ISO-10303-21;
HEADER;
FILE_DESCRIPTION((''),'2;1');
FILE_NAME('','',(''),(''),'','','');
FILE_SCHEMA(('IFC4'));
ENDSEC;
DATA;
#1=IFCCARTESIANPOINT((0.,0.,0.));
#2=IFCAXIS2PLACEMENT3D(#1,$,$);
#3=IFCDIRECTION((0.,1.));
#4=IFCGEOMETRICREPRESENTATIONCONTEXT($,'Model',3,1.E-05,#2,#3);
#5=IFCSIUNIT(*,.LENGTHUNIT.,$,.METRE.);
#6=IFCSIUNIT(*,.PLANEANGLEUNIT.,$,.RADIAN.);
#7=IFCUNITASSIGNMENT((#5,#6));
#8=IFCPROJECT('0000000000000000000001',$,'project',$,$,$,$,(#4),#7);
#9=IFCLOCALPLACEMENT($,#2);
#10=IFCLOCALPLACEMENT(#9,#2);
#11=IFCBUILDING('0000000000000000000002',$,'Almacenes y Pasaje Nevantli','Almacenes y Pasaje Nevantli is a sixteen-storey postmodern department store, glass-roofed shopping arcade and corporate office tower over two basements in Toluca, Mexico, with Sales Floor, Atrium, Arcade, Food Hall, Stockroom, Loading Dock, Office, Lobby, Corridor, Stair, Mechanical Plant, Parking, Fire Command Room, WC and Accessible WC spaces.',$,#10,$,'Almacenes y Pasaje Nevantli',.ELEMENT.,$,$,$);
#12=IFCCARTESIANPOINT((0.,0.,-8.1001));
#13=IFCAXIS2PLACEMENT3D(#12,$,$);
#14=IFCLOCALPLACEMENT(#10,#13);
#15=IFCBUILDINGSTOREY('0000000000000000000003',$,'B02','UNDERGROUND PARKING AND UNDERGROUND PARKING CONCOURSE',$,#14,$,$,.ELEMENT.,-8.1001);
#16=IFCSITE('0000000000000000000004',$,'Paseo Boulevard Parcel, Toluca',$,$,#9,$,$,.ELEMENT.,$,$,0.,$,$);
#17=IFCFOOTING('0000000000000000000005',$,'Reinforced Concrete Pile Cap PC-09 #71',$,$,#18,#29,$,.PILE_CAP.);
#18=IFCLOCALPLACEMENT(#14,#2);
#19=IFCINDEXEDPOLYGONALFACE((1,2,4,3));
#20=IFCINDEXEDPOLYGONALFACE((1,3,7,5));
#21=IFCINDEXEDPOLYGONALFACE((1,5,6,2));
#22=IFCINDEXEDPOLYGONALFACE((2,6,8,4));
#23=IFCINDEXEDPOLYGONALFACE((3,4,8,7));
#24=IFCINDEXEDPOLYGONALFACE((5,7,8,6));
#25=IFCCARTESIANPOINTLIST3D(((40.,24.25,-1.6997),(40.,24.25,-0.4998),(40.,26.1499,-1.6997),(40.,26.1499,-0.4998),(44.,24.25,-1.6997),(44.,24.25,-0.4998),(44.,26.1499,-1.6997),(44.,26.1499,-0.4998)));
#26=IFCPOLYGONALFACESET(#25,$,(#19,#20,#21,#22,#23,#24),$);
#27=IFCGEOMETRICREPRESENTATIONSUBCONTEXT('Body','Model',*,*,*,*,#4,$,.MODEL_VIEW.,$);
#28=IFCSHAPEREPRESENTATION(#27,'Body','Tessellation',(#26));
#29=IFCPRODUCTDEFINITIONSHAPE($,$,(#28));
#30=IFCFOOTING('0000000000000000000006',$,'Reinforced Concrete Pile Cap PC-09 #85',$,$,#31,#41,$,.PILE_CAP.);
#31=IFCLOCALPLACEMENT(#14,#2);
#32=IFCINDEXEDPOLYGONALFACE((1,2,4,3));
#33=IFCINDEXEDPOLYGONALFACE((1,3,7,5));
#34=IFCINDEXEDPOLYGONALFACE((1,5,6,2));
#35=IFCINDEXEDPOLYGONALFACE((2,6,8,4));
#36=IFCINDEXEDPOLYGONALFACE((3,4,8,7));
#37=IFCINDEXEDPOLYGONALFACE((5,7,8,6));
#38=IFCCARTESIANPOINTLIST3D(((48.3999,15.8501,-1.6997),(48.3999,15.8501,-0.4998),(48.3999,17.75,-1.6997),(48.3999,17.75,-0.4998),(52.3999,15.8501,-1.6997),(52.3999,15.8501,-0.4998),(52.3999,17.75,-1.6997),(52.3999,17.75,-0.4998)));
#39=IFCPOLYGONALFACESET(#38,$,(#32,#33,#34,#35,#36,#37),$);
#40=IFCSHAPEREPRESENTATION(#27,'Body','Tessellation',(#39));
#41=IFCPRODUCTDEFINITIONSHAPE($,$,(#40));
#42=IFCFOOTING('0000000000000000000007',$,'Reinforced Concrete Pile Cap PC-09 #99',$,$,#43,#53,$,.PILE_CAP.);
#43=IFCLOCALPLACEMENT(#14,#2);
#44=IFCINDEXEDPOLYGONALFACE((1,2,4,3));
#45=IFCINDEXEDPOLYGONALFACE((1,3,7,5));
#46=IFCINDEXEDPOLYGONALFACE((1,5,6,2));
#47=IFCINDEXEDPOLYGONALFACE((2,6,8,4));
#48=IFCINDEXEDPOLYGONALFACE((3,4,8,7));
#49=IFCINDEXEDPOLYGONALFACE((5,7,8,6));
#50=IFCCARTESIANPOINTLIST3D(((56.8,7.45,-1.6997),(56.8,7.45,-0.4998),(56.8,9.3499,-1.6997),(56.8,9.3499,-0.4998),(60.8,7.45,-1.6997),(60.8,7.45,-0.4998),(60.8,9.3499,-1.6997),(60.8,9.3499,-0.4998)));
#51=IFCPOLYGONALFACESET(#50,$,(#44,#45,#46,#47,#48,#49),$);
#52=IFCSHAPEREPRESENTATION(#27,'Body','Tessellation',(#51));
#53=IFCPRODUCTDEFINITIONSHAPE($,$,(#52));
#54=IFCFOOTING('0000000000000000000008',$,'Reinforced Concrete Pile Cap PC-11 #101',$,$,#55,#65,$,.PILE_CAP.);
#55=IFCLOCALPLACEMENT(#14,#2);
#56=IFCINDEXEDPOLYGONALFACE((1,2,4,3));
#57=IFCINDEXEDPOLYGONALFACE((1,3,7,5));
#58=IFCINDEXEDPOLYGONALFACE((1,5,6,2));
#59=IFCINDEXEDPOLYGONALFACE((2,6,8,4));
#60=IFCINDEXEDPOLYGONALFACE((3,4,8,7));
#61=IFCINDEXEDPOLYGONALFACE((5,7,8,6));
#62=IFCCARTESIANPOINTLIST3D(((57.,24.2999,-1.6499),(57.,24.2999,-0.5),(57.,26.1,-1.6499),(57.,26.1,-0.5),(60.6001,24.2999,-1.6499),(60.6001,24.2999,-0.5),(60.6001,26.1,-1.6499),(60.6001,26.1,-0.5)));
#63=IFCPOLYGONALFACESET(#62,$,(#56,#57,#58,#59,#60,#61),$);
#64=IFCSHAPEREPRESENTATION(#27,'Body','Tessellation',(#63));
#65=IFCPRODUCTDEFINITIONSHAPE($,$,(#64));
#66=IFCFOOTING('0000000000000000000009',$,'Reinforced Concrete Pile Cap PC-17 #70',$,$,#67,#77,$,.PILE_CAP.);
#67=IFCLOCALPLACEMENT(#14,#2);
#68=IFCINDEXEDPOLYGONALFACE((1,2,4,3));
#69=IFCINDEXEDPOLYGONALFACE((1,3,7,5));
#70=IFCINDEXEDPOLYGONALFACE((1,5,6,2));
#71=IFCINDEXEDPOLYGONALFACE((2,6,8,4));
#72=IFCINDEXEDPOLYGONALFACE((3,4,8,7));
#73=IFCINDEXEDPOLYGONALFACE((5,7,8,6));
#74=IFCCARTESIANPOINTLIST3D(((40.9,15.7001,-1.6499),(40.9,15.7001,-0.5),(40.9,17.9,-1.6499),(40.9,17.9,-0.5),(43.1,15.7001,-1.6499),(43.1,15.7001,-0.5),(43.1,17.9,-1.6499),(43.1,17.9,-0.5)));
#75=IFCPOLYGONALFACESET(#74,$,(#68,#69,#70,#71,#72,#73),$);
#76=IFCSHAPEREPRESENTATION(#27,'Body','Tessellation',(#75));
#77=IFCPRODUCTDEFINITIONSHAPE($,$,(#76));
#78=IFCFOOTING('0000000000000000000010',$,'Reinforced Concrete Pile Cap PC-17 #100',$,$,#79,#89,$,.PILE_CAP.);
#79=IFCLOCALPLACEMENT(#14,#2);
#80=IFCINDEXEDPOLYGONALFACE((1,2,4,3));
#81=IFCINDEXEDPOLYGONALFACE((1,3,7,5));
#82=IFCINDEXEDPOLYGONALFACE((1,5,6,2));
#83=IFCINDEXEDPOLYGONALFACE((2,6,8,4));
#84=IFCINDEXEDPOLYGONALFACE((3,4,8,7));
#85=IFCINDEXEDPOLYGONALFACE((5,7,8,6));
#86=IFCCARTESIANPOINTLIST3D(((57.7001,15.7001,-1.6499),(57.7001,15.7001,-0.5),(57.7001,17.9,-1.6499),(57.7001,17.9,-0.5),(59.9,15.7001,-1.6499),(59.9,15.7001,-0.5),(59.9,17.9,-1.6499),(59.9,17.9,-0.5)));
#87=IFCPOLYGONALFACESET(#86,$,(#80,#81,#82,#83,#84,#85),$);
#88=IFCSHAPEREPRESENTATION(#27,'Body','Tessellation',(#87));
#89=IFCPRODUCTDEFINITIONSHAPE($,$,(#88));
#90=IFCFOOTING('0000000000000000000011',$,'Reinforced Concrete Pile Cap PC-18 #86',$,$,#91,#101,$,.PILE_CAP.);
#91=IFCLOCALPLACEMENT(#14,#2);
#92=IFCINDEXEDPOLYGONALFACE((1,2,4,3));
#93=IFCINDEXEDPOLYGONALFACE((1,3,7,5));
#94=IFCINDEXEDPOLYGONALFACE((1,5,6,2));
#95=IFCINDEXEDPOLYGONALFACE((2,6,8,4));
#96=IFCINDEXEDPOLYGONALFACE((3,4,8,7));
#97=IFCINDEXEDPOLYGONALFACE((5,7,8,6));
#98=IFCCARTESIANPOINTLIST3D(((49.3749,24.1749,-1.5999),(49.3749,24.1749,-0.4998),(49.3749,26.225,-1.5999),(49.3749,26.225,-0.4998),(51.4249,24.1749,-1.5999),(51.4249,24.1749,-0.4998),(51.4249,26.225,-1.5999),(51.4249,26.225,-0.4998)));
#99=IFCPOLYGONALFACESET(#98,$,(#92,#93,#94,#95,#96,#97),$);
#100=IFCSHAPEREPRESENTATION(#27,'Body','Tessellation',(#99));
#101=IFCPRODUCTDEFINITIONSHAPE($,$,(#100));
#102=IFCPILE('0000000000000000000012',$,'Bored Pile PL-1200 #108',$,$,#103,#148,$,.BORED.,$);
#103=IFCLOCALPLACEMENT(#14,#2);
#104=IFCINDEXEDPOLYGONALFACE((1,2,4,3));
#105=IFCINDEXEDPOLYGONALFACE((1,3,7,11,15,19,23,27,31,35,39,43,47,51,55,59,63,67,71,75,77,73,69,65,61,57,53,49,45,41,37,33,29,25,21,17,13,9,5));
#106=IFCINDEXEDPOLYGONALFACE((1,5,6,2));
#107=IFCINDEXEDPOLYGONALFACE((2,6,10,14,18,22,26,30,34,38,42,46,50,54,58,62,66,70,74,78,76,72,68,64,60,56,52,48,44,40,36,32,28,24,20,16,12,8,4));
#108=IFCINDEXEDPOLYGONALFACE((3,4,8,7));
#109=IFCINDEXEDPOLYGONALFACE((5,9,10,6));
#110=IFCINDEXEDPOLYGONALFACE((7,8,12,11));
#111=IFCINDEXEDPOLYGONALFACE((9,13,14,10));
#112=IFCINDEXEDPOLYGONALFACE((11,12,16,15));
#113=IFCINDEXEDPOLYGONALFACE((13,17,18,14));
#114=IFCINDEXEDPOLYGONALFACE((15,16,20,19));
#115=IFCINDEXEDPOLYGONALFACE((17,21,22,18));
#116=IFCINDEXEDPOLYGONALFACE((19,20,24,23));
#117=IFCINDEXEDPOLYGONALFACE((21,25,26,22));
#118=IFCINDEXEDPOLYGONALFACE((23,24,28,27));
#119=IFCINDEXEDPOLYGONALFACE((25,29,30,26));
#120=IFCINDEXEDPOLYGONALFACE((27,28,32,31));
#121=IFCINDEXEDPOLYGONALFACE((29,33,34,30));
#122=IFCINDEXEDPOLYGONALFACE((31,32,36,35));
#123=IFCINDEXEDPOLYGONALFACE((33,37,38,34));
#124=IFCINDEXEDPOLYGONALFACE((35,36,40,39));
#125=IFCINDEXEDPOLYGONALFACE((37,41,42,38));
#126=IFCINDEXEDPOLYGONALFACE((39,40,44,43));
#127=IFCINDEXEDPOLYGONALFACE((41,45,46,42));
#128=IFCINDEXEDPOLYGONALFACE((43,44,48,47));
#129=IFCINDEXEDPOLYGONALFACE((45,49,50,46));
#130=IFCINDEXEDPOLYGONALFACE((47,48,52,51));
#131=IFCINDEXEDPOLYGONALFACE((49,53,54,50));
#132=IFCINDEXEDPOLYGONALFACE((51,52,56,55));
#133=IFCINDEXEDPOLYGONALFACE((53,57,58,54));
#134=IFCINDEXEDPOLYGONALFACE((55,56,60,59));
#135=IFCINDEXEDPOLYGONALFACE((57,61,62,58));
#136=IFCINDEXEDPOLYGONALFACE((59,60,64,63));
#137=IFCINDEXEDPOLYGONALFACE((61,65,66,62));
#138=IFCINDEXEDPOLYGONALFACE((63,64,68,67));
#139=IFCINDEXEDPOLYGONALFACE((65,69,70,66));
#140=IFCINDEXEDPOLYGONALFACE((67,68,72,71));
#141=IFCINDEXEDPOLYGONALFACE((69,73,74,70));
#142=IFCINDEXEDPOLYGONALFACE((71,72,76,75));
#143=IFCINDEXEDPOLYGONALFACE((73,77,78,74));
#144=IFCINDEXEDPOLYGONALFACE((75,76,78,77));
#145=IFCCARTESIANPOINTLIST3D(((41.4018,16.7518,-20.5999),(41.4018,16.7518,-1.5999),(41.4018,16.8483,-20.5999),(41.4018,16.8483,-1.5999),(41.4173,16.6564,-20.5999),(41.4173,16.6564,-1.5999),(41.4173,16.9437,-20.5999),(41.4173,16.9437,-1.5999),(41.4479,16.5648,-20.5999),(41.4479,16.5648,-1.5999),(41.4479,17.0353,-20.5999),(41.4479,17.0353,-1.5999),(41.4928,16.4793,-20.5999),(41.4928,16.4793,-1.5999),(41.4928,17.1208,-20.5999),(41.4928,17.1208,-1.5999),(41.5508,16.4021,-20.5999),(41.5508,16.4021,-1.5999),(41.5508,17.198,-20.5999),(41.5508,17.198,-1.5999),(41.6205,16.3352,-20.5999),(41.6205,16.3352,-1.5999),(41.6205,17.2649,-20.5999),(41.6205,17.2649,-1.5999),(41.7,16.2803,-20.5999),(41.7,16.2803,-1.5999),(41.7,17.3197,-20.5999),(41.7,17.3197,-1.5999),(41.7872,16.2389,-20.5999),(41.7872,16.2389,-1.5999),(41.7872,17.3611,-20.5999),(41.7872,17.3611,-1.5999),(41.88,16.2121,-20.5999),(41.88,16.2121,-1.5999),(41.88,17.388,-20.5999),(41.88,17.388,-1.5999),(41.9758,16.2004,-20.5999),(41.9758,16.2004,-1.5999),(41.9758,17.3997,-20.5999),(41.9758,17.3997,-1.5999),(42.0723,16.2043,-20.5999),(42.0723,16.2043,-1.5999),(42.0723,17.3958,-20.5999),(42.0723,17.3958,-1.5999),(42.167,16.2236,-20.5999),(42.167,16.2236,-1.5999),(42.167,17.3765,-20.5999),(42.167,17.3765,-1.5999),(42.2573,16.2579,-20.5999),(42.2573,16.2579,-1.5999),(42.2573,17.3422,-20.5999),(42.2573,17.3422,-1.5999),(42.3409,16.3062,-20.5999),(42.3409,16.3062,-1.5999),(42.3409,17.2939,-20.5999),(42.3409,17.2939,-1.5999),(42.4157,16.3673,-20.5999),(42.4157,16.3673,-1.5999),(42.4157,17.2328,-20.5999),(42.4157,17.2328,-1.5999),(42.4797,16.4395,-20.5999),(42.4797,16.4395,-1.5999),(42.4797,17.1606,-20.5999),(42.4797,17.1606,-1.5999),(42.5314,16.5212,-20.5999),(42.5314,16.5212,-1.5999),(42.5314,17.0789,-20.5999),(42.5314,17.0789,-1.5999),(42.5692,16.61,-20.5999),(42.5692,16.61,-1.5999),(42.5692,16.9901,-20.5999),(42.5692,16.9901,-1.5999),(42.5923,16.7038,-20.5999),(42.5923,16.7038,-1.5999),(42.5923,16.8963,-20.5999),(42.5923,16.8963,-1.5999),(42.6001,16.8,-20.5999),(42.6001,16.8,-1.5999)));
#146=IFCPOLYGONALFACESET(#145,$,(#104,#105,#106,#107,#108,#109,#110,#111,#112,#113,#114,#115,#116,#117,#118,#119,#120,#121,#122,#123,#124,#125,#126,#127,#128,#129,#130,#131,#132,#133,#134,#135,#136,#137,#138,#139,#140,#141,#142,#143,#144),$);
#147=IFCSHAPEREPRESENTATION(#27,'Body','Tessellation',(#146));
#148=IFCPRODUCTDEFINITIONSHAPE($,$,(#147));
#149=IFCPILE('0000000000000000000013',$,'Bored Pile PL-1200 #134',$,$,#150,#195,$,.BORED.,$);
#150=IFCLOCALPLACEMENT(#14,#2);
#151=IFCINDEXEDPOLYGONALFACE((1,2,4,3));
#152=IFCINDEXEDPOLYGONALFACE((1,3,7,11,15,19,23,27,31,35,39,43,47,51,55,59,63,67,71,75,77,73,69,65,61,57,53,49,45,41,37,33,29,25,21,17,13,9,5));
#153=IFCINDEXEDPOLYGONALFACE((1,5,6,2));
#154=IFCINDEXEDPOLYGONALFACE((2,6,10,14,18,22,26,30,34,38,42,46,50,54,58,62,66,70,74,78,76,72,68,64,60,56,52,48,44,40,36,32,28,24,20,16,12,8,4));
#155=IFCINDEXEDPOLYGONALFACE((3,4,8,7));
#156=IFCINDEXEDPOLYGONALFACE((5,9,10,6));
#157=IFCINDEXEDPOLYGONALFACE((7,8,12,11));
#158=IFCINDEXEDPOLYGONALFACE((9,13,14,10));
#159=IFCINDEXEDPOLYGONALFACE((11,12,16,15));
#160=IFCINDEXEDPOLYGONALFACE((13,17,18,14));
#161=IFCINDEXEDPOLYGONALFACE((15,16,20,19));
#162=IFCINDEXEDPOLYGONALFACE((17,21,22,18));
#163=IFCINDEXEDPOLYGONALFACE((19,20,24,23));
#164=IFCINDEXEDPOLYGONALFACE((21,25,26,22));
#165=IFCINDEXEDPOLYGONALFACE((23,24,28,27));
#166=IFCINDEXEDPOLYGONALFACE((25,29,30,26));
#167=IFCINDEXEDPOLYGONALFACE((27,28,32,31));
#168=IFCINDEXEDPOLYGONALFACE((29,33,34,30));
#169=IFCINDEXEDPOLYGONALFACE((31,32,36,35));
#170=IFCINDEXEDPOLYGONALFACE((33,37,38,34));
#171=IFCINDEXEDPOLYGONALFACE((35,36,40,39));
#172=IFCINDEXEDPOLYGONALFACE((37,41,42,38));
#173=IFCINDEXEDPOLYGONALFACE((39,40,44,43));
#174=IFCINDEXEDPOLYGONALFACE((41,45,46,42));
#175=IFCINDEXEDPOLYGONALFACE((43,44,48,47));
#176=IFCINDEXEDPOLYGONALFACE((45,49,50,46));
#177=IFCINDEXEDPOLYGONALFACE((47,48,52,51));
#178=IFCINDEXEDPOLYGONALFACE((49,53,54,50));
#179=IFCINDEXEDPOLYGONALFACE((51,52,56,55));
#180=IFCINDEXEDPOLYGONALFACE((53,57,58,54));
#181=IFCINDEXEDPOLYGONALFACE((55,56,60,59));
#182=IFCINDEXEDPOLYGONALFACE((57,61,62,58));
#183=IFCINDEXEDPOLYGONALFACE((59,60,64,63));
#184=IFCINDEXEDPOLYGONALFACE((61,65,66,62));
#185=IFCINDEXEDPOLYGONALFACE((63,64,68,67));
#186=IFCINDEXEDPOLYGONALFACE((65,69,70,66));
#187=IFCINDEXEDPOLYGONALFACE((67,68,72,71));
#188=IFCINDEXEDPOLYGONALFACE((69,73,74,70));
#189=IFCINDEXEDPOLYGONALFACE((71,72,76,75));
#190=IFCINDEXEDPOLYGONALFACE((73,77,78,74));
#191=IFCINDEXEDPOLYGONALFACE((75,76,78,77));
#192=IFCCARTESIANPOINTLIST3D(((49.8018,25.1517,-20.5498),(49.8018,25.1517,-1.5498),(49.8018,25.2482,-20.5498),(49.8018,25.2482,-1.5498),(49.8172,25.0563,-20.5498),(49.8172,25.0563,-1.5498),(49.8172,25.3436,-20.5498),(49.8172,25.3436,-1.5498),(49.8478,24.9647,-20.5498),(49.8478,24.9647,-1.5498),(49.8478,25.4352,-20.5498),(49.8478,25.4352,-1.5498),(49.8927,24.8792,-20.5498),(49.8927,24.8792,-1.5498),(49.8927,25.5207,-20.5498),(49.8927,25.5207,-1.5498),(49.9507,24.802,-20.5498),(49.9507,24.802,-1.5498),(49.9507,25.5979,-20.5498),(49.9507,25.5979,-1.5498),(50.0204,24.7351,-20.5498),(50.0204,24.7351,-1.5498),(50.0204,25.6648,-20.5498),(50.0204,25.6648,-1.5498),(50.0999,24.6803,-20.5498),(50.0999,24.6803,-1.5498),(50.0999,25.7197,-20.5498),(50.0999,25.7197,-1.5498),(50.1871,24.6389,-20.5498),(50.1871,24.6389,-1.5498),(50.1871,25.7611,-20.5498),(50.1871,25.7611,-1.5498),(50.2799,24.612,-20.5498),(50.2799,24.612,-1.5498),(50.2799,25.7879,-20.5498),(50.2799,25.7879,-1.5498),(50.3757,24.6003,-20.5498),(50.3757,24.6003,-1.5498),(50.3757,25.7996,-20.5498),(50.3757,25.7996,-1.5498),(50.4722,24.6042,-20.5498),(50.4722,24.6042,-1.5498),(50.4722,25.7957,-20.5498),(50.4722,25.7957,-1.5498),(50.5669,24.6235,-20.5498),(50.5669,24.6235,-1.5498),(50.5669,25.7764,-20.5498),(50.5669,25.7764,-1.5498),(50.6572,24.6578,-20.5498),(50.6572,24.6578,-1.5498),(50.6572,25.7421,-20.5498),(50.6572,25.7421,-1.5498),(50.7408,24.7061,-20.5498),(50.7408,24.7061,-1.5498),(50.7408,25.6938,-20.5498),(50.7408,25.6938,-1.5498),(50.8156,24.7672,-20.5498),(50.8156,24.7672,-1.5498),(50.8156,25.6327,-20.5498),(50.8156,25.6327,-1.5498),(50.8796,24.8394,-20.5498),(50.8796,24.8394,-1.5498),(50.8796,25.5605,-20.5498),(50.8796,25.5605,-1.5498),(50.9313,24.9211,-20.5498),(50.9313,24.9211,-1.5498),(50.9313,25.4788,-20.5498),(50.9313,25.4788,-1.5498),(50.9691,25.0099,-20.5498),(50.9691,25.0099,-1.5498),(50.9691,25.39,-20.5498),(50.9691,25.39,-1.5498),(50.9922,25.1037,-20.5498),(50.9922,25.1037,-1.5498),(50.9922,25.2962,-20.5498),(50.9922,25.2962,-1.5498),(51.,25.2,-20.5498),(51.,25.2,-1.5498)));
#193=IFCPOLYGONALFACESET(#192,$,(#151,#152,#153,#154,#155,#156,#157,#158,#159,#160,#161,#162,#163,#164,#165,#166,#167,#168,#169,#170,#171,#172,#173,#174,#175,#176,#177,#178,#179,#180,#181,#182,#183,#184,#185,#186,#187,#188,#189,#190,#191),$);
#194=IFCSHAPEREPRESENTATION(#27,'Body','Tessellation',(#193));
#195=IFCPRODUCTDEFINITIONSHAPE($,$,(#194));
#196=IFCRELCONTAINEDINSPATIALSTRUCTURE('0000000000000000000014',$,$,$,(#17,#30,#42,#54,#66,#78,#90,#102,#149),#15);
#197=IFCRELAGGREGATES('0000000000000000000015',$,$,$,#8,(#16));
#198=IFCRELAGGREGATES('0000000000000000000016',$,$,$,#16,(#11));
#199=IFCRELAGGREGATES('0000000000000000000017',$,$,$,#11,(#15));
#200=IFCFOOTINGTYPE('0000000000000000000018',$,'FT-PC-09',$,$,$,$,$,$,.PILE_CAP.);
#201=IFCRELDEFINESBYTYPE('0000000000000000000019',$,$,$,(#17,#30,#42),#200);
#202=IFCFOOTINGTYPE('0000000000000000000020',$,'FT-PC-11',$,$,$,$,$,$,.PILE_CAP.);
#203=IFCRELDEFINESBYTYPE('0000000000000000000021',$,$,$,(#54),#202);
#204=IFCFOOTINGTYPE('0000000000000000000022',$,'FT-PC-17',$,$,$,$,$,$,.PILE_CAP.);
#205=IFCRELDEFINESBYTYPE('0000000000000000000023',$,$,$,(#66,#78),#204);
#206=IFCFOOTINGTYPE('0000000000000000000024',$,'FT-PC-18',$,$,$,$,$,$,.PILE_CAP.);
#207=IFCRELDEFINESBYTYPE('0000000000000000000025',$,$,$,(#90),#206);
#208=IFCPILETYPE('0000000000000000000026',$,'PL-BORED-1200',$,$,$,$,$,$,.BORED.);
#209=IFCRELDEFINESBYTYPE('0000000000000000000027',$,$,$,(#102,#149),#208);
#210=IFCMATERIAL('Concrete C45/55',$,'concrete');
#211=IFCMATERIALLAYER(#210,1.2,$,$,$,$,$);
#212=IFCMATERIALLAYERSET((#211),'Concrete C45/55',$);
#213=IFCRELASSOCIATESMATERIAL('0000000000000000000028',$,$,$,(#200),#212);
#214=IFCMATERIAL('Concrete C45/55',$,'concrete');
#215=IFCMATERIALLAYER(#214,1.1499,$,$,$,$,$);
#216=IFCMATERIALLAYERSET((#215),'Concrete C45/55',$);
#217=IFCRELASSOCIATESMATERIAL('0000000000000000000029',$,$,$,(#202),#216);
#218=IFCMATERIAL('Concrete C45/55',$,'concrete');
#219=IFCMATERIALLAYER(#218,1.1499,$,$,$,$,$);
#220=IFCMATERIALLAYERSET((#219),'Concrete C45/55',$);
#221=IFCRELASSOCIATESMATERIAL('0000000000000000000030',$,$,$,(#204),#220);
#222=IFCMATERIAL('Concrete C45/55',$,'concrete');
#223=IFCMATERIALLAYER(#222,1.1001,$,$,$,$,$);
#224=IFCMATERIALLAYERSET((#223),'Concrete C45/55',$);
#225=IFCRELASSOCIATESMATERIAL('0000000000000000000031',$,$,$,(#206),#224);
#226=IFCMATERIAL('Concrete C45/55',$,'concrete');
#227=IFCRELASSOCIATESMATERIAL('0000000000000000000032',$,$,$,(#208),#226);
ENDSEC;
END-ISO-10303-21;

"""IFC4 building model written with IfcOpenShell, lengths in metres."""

from ifc_helpers import new_model, si_unit, direction, frame, origin, origin_2d, place, context, subcontext, project, spatial, rectangle, circle, extrude, material, layer, layer_set, material_profile, profile_set, type_object, element, save


model = new_model("IFC4")

# Units and contexts
model_context = context("Model", 3, precision=1e-05, world=origin(), true_north=direction((0.0, 1.0)))
body_context = subcontext(model_context, "Body", "Model", "MODEL_VIEW")
ifc_project = project(units=[si_unit("LENGTHUNIT", "METRE"), si_unit("PLANEANGLEUNIT", "RADIAN")], contexts=[model_context])

# Site, building, storey
site_placement = place(None, origin())
site = spatial("IfcSite", under=ifc_project, at=site_placement, Name="Paseo Boulevard Parcel, Toluca", CompositionType="ELEMENT", RefElevation=0.0)
building_placement = place(site_placement, origin())
building = spatial("IfcBuilding", under=site, at=building_placement, Name="Almacenes y Pasaje Nevantli", Description="Almacenes y Pasaje Nevantli is a sixteen-storey postmodern department store, glass-roofed shopping arcade and corporate office tower over two basements in Toluca, Mexico, with Sales Floor, Atrium, Arcade, Food Hall, Stockroom, Loading Dock, Office, Lobby, Corridor, Stair, Mechanical Plant, Parking, Fire Command Room, WC and Accessible WC spaces.", LongName="Almacenes y Pasaje Nevantli", CompositionType="ELEMENT")
storey_placement = place(building_placement, frame((0.0, 0.0, -8.1001)))
storey = spatial("IfcBuildingStorey", under=building, at=storey_placement, Name="B02", Description="UNDERGROUND PARKING AND UNDERGROUND PARKING CONCOURSE", CompositionType="ELEMENT", Elevation=-8.1001)

# Footings
ifc_material_1 = material(Name="Concrete C45/55", Category="concrete")
ifc_layer_1 = layer(ifc_material_1, 1.2)
ifc_layer_set_1 = layer_set([ifc_layer_1], Name="Concrete C45/55")
footing_type_1 = type_object("IfcFootingType", Name="FT-PC-09", PredefinedType="PILE_CAP", material=ifc_layer_set_1)
for number, where, z_axis, x_axis, name in (
    (1, (42.0, 25.2, -1.6997), (0.0, 0.0, 1.0), (1.0, 0.0, 0.0), "Reinforced Concrete Pile Cap PC-09 #71"),
    (2, (50.3999, 16.8, -1.6997), (0.0, 0.0, 1.0), (1.0, 0.0, 0.0), "Reinforced Concrete Pile Cap PC-09 #85"),
    (3, (58.8, 8.3999, -1.6997), (0.0, 0.0, 1.0), (1.0, 0.0, 0.0), "Reinforced Concrete Pile Cap PC-09 #99"),
):
    element("IfcFooting", number, at=place(storey_placement, frame(where, z_axis=z_axis, x_axis=x_axis)), inside=storey, type_object=footing_type_1, Name=name, PredefinedType="PILE_CAP", context=body_context, shape_type="SweptSolid", body=[
        extrude(rectangle(XDim=4.0, YDim=1.8999, at=origin_2d()), origin(), (0.0, 0.0, 1.0), 1.2),
    ])
ifc_material_2 = material(Name="Concrete C45/55", Category="concrete")
ifc_layer_2 = layer(ifc_material_2, 1.1499)
ifc_layer_set_2 = layer_set([ifc_layer_2], Name="Concrete C45/55")
footing_type_2 = type_object("IfcFootingType", Name="FT-PC-11", PredefinedType="PILE_CAP", material=ifc_layer_set_2)
footing_1_placement = place(storey_placement, frame((58.8, 25.2, -1.6499), z_axis=(0.0, 0.0, 1.0), x_axis=(1.0, 0.0, 0.0)))
element("IfcFooting", 4, at=footing_1_placement, inside=storey, type_object=footing_type_2, Name="Reinforced Concrete Pile Cap PC-11 #101", PredefinedType="PILE_CAP", context=body_context, shape_type="SweptSolid", body=[
    extrude(rectangle(XDim=3.6001, YDim=1.8, at=origin_2d()), origin(), (0.0, 0.0, 1.0), 1.1499),
])
ifc_material_3 = material(Name="Concrete C45/55", Category="concrete")
ifc_layer_3 = layer(ifc_material_3, 1.1499)
ifc_layer_set_3 = layer_set([ifc_layer_3], Name="Concrete C45/55")
footing_type_3 = type_object("IfcFootingType", Name="FT-PC-17", PredefinedType="PILE_CAP", material=ifc_layer_set_3)
for number, where, z_axis, x_axis, name in (
    (5, (42.0, 16.8, -1.6499), (0.0, 0.0, 1.0), (1.0, 0.0, 0.0), "Reinforced Concrete Pile Cap PC-17 #70"),
    (6, (58.8, 16.8, -1.6499), (0.0, 0.0, 1.0), (1.0, 0.0, 0.0), "Reinforced Concrete Pile Cap PC-17 #100"),
):
    element("IfcFooting", number, at=place(storey_placement, frame(where, z_axis=z_axis, x_axis=x_axis)), inside=storey, type_object=footing_type_3, Name=name, PredefinedType="PILE_CAP", context=body_context, shape_type="SweptSolid", body=[
        extrude(rectangle(XDim=2.2, YDim=2.2, at=origin_2d()), origin(), (0.0, 0.0, 1.0), 1.1499),
    ])
ifc_material_4 = material(Name="Concrete C45/55", Category="concrete")
ifc_layer_4 = layer(ifc_material_4, 1.1001)
ifc_layer_set_4 = layer_set([ifc_layer_4], Name="Concrete C45/55")
footing_type_4 = type_object("IfcFootingType", Name="FT-PC-18", PredefinedType="PILE_CAP", material=ifc_layer_set_4)
footing_2_placement = place(storey_placement, frame((50.3999, 25.2, -1.5999), z_axis=(0.0, 0.0, 1.0), x_axis=(1.0, 0.0, 0.0)))
element("IfcFooting", 7, at=footing_2_placement, inside=storey, type_object=footing_type_4, Name="Reinforced Concrete Pile Cap PC-18 #86", PredefinedType="PILE_CAP", context=body_context, shape_type="SweptSolid", body=[
    extrude(rectangle(XDim=2.05, YDim=2.05, at=origin_2d()), origin(), (0.0, 0.0, 1.0), 1.1001),
])

# Piles
ifc_material_5 = material(Name="Concrete C45/55", Category="concrete")
ifc_material_profile_1 = material_profile(ifc_material_5, circle(Radius=0.6001, at=origin_2d()), Name="RC-PILE-D1200")
ifc_profile_set_1 = profile_set([ifc_material_profile_1], Name="Concrete C45/55")
pile_type_1 = type_object("IfcPileType", Name="PL-BORED-1200", PredefinedType="BORED", material=ifc_profile_set_1)
for number, where, z_axis, x_axis, name in (
    (8, (42.0, 16.8, -1.5999), (0.0, 0.0, -1.0), (1.0, 0.0, 0.0), "Bored Pile PL-1200 #108"),
    (9, (50.3999, 25.2, -1.5498), (0.0, 0.0, -1.0), (1.0, 0.0, 0.0), "Bored Pile PL-1200 #134"),
):
    element("IfcPile", number, at=place(storey_placement, frame(where, z_axis=z_axis, x_axis=x_axis)), inside=storey, type_object=pile_type_1, Name=name, PredefinedType="BORED", context=body_context, shape_type="SweptSolid", body=[
        extrude(circle(Radius=0.6001, at=origin_2d()), origin(), (0.0, 0.0, 1.0), 19.0),
    ])

save(model, "model.ifc")
